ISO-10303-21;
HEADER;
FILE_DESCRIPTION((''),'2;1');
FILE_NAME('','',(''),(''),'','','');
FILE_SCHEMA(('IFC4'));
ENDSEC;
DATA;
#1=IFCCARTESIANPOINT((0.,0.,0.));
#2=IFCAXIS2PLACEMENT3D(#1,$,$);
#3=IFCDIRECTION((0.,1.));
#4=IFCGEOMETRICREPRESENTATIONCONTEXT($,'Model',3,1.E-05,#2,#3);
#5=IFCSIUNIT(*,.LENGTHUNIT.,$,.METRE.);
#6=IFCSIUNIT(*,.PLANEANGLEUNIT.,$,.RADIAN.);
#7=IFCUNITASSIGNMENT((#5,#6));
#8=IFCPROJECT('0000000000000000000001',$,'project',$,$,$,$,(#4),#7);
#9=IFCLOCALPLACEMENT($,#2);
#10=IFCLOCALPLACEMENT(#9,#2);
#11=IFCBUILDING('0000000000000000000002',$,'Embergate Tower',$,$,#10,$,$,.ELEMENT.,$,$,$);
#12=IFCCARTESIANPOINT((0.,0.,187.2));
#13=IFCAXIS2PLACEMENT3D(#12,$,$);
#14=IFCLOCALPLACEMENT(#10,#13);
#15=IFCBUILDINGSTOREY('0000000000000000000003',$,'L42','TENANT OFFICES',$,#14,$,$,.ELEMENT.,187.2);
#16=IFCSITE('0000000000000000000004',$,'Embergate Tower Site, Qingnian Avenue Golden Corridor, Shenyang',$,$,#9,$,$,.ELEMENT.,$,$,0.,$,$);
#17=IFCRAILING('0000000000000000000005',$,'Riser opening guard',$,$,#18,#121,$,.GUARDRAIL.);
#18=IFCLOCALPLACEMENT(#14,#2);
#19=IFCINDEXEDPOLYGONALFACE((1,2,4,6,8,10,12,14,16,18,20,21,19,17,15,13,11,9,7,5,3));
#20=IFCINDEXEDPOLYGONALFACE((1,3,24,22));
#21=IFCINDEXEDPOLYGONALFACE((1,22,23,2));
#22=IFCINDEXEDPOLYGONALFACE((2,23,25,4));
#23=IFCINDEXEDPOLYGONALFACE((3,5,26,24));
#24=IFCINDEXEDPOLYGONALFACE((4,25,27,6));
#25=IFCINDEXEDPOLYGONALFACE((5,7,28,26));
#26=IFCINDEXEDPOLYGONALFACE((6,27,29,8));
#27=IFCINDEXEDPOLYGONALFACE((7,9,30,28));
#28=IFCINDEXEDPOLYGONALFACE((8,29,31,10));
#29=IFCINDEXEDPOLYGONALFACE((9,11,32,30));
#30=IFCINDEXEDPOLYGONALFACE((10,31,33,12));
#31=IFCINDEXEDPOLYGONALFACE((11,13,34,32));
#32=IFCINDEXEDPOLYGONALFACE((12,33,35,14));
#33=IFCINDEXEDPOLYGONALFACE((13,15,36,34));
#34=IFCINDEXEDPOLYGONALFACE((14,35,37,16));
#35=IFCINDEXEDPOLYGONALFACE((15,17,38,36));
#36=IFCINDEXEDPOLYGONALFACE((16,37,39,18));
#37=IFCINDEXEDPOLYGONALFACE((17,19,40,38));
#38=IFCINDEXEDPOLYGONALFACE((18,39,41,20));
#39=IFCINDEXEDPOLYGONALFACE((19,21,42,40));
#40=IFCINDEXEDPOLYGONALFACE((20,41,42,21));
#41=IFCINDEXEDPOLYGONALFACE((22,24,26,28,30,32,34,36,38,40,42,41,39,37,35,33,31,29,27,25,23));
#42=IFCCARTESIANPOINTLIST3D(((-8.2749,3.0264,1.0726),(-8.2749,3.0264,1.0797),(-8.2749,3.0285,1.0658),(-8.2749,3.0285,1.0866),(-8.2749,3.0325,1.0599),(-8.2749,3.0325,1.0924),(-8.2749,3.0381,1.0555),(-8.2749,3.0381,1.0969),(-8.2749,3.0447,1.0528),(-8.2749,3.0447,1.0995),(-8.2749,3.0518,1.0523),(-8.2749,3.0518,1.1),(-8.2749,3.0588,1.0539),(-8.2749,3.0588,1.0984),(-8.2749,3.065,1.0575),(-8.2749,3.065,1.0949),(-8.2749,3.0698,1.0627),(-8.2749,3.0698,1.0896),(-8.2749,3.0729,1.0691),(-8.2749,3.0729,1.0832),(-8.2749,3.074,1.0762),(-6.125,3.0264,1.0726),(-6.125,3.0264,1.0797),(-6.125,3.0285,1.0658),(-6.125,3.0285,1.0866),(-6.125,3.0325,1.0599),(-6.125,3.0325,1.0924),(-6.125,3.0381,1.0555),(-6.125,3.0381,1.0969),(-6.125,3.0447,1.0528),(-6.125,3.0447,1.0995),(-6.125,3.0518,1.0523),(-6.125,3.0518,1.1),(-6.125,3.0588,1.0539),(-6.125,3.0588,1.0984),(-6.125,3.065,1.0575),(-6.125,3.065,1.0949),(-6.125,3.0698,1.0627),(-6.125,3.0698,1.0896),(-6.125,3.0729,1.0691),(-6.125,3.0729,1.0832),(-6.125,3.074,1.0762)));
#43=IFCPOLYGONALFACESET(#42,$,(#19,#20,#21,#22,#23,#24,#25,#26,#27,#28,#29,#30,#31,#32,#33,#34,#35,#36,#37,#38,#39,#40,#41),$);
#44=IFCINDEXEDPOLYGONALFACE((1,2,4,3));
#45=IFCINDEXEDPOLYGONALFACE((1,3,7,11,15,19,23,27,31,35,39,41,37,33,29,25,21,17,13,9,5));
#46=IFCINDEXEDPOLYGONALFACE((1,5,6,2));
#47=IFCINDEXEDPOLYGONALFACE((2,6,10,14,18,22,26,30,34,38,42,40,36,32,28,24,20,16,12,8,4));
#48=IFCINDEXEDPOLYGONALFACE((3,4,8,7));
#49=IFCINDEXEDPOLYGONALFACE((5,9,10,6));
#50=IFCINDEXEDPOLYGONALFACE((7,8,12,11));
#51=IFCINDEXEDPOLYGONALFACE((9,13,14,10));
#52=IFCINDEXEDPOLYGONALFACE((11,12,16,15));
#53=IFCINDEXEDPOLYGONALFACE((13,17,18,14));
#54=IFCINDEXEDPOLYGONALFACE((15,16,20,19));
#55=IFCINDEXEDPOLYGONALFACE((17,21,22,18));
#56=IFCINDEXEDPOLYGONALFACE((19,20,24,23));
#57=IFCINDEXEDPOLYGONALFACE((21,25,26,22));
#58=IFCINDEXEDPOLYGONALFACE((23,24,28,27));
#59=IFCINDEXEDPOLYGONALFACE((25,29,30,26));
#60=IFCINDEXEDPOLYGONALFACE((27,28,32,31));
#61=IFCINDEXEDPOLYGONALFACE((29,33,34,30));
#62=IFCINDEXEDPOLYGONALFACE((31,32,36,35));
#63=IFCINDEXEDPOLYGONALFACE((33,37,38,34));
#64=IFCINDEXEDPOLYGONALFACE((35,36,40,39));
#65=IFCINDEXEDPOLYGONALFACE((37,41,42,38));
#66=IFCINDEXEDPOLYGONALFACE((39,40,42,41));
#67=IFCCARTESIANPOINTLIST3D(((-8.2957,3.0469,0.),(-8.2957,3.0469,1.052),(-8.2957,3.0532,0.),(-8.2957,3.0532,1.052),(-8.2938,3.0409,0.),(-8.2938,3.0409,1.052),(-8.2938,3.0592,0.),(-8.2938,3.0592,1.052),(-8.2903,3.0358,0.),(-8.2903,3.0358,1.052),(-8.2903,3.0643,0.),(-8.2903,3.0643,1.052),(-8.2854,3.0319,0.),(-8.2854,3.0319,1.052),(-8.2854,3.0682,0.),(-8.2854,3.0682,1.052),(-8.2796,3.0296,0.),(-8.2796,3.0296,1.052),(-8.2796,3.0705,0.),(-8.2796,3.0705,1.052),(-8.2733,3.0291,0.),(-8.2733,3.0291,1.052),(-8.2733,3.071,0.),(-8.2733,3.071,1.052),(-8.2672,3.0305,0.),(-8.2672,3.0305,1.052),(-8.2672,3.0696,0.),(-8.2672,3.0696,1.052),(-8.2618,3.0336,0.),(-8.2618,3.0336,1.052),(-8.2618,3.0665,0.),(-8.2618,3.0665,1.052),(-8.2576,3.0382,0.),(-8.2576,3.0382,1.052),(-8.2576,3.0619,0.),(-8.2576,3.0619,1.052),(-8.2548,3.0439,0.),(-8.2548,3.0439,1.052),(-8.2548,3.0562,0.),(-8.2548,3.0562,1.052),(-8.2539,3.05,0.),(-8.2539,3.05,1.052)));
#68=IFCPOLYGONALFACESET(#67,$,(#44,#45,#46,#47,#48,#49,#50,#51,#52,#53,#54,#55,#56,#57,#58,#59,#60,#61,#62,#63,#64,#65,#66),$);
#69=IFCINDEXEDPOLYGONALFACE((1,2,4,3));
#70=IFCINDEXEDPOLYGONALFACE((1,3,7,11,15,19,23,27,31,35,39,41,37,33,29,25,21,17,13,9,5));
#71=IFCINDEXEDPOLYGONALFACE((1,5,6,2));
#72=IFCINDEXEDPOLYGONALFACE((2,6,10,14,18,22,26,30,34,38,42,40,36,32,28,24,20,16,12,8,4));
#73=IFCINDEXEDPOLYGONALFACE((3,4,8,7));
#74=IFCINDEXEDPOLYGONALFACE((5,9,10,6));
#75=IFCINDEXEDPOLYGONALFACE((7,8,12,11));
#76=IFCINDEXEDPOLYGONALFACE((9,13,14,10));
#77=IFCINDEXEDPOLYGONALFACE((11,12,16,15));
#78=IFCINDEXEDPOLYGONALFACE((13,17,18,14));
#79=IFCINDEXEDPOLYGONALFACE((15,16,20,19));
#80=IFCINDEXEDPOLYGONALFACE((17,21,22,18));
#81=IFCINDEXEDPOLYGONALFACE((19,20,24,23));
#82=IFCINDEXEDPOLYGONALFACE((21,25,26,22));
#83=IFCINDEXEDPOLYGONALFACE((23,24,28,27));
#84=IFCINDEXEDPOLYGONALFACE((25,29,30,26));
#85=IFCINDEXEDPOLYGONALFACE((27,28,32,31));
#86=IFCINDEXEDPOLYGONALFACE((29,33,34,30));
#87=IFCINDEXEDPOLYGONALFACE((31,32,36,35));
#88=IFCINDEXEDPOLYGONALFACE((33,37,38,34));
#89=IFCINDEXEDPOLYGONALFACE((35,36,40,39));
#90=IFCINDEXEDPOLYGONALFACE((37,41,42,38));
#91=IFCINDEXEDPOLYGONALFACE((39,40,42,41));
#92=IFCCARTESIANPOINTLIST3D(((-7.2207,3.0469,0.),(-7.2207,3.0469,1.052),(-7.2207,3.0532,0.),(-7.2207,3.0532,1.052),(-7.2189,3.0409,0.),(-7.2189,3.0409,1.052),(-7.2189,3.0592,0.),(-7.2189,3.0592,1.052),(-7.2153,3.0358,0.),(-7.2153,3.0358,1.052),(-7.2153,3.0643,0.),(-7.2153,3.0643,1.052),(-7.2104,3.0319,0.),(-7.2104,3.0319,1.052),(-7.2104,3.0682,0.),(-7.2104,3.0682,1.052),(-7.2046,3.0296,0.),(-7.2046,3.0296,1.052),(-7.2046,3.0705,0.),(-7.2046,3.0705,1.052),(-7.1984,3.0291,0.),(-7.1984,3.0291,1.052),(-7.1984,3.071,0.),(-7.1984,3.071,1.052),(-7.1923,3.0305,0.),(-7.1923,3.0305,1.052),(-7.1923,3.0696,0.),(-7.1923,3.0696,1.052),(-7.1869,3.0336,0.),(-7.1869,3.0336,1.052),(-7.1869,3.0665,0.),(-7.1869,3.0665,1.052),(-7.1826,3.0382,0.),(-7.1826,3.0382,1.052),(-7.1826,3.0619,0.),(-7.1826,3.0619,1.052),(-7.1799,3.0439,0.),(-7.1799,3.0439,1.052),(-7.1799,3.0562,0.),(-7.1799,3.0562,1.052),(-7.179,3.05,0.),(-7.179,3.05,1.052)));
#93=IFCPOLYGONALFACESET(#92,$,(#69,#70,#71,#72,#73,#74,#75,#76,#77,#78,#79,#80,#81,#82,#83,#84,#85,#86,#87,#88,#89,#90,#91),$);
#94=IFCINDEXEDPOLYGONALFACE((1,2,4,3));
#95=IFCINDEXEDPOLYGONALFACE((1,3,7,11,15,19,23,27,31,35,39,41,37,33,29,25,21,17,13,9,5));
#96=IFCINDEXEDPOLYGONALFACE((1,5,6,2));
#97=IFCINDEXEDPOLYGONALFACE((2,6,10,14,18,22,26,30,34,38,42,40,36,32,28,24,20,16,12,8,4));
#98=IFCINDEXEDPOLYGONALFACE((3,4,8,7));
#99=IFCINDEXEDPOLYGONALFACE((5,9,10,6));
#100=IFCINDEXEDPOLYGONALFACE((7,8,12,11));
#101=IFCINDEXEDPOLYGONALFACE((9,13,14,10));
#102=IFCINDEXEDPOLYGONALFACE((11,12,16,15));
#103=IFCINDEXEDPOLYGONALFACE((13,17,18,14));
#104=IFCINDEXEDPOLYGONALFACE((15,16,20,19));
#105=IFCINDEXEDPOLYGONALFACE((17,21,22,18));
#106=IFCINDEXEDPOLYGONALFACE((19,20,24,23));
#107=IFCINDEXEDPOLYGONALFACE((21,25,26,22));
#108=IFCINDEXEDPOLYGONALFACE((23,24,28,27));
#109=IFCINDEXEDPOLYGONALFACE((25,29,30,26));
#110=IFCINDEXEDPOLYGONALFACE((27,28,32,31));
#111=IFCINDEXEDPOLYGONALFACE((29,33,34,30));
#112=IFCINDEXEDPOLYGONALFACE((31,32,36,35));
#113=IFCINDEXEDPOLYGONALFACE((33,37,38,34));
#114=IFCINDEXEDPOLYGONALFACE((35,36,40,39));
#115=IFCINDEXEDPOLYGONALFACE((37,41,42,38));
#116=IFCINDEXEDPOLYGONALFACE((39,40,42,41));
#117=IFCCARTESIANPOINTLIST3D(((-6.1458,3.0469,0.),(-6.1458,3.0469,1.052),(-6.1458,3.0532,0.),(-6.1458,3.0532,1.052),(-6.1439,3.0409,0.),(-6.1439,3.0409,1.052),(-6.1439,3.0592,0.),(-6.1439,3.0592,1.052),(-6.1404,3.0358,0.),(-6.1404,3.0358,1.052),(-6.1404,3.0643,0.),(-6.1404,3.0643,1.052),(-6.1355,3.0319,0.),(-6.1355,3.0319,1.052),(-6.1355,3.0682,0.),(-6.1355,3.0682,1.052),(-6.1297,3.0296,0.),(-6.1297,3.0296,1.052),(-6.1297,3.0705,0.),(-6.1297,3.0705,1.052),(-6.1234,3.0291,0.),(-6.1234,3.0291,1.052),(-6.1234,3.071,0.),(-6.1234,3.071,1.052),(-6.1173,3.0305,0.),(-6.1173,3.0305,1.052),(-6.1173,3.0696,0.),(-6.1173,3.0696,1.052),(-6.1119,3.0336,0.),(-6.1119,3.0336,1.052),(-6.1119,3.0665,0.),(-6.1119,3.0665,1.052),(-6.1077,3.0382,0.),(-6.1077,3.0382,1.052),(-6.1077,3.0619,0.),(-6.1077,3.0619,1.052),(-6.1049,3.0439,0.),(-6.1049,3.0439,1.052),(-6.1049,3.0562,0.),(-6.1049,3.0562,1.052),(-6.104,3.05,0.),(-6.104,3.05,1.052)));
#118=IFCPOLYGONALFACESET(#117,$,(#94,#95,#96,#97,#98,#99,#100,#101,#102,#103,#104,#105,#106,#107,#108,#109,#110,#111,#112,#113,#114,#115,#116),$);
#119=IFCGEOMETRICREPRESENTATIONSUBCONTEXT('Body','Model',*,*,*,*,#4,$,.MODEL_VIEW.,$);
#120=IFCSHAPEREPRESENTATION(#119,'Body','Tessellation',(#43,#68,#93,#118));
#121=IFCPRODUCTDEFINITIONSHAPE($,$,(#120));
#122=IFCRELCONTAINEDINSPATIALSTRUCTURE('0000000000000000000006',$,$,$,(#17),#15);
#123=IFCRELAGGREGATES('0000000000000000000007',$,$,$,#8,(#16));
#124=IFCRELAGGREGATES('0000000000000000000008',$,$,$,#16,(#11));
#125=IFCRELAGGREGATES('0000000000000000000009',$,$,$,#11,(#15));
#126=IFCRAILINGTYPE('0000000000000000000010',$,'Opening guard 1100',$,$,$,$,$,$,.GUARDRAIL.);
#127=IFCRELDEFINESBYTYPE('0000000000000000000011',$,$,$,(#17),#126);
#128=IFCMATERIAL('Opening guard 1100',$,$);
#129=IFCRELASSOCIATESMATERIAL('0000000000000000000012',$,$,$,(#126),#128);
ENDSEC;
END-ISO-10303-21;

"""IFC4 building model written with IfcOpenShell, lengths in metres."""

from ifc_helpers import new_model, si_unit, direction, frame, origin, origin_2d, place, context, subcontext, project, spatial, circle, extrude, source, transform, mapped, material, type_object, element, save


model = new_model("IFC4")

# Units and contexts
model_context = context("Model", 3, precision=1e-05, world=origin(), true_north=direction((0.0, 1.0)))
body_context = subcontext(model_context, "Body", "Model", "MODEL_VIEW")
ifc_project = project(units=[si_unit("LENGTHUNIT", "METRE"), si_unit("PLANEANGLEUNIT", "RADIAN")], contexts=[model_context])

# Site, building, storey
site_placement = place(None, origin())
site = spatial("IfcSite", under=ifc_project, at=site_placement, Name="Embergate Tower Site, Qingnian Avenue Golden Corridor, Shenyang", CompositionType="ELEMENT", RefElevation=0.0)
building_placement = place(site_placement, origin())
building = spatial("IfcBuilding", under=site, at=building_placement, Name="Embergate Tower", CompositionType="ELEMENT")
storey_placement = place(building_placement, frame((0.0, 0.0, 187.2)))
storey = spatial("IfcBuildingStorey", under=building, at=storey_placement, Name="L42", Description="TENANT OFFICES", CompositionType="ELEMENT", Elevation=187.2)

# Railing
ifc_material_1 = material(Name="Opening guard 1100")
railing_type_1 = type_object("IfcRailingType", Name="Opening guard 1100", PredefinedType="GUARDRAIL", material=ifc_material_1)
shared_shape_1 = source(origin(), body_context, "Body", "SweptSolid", [
    extrude(circle(Radius=0.0239, at=origin_2d()), frame((0.0, 0.0, 1.0762), z_axis=(1.0, 0.0, 0.0), x_axis=(0.0, 1.0, 0.0)), (0.0, 0.0, 1.0), 2.1499),
    extrude(circle(Radius=0.021, at=origin_2d()), origin(), (0.0, 0.0, 1.0), 1.052),
    extrude(circle(Radius=0.021, at=origin_2d()), frame((1.075, 0.0, 0.0)), (0.0, 0.0, 1.0), 1.052),
    extrude(circle(Radius=0.021, at=origin_2d()), frame((2.1499, 0.0, 0.0)), (0.0, 0.0, 1.0), 1.052),
])
railing_1_placement = place(storey_placement, frame((-8.2749, 3.05, 0.0)))
element("IfcRailing", 1, at=railing_1_placement, inside=storey, type_object=railing_type_1, Name="Riser opening guard", PredefinedType="GUARDRAIL", context=body_context, shape_type="MappedRepresentation", body=[
    mapped(shared_shape_1, transform((0.0, 0.0, 0.0))),
])

save(model, "model.ifc")
